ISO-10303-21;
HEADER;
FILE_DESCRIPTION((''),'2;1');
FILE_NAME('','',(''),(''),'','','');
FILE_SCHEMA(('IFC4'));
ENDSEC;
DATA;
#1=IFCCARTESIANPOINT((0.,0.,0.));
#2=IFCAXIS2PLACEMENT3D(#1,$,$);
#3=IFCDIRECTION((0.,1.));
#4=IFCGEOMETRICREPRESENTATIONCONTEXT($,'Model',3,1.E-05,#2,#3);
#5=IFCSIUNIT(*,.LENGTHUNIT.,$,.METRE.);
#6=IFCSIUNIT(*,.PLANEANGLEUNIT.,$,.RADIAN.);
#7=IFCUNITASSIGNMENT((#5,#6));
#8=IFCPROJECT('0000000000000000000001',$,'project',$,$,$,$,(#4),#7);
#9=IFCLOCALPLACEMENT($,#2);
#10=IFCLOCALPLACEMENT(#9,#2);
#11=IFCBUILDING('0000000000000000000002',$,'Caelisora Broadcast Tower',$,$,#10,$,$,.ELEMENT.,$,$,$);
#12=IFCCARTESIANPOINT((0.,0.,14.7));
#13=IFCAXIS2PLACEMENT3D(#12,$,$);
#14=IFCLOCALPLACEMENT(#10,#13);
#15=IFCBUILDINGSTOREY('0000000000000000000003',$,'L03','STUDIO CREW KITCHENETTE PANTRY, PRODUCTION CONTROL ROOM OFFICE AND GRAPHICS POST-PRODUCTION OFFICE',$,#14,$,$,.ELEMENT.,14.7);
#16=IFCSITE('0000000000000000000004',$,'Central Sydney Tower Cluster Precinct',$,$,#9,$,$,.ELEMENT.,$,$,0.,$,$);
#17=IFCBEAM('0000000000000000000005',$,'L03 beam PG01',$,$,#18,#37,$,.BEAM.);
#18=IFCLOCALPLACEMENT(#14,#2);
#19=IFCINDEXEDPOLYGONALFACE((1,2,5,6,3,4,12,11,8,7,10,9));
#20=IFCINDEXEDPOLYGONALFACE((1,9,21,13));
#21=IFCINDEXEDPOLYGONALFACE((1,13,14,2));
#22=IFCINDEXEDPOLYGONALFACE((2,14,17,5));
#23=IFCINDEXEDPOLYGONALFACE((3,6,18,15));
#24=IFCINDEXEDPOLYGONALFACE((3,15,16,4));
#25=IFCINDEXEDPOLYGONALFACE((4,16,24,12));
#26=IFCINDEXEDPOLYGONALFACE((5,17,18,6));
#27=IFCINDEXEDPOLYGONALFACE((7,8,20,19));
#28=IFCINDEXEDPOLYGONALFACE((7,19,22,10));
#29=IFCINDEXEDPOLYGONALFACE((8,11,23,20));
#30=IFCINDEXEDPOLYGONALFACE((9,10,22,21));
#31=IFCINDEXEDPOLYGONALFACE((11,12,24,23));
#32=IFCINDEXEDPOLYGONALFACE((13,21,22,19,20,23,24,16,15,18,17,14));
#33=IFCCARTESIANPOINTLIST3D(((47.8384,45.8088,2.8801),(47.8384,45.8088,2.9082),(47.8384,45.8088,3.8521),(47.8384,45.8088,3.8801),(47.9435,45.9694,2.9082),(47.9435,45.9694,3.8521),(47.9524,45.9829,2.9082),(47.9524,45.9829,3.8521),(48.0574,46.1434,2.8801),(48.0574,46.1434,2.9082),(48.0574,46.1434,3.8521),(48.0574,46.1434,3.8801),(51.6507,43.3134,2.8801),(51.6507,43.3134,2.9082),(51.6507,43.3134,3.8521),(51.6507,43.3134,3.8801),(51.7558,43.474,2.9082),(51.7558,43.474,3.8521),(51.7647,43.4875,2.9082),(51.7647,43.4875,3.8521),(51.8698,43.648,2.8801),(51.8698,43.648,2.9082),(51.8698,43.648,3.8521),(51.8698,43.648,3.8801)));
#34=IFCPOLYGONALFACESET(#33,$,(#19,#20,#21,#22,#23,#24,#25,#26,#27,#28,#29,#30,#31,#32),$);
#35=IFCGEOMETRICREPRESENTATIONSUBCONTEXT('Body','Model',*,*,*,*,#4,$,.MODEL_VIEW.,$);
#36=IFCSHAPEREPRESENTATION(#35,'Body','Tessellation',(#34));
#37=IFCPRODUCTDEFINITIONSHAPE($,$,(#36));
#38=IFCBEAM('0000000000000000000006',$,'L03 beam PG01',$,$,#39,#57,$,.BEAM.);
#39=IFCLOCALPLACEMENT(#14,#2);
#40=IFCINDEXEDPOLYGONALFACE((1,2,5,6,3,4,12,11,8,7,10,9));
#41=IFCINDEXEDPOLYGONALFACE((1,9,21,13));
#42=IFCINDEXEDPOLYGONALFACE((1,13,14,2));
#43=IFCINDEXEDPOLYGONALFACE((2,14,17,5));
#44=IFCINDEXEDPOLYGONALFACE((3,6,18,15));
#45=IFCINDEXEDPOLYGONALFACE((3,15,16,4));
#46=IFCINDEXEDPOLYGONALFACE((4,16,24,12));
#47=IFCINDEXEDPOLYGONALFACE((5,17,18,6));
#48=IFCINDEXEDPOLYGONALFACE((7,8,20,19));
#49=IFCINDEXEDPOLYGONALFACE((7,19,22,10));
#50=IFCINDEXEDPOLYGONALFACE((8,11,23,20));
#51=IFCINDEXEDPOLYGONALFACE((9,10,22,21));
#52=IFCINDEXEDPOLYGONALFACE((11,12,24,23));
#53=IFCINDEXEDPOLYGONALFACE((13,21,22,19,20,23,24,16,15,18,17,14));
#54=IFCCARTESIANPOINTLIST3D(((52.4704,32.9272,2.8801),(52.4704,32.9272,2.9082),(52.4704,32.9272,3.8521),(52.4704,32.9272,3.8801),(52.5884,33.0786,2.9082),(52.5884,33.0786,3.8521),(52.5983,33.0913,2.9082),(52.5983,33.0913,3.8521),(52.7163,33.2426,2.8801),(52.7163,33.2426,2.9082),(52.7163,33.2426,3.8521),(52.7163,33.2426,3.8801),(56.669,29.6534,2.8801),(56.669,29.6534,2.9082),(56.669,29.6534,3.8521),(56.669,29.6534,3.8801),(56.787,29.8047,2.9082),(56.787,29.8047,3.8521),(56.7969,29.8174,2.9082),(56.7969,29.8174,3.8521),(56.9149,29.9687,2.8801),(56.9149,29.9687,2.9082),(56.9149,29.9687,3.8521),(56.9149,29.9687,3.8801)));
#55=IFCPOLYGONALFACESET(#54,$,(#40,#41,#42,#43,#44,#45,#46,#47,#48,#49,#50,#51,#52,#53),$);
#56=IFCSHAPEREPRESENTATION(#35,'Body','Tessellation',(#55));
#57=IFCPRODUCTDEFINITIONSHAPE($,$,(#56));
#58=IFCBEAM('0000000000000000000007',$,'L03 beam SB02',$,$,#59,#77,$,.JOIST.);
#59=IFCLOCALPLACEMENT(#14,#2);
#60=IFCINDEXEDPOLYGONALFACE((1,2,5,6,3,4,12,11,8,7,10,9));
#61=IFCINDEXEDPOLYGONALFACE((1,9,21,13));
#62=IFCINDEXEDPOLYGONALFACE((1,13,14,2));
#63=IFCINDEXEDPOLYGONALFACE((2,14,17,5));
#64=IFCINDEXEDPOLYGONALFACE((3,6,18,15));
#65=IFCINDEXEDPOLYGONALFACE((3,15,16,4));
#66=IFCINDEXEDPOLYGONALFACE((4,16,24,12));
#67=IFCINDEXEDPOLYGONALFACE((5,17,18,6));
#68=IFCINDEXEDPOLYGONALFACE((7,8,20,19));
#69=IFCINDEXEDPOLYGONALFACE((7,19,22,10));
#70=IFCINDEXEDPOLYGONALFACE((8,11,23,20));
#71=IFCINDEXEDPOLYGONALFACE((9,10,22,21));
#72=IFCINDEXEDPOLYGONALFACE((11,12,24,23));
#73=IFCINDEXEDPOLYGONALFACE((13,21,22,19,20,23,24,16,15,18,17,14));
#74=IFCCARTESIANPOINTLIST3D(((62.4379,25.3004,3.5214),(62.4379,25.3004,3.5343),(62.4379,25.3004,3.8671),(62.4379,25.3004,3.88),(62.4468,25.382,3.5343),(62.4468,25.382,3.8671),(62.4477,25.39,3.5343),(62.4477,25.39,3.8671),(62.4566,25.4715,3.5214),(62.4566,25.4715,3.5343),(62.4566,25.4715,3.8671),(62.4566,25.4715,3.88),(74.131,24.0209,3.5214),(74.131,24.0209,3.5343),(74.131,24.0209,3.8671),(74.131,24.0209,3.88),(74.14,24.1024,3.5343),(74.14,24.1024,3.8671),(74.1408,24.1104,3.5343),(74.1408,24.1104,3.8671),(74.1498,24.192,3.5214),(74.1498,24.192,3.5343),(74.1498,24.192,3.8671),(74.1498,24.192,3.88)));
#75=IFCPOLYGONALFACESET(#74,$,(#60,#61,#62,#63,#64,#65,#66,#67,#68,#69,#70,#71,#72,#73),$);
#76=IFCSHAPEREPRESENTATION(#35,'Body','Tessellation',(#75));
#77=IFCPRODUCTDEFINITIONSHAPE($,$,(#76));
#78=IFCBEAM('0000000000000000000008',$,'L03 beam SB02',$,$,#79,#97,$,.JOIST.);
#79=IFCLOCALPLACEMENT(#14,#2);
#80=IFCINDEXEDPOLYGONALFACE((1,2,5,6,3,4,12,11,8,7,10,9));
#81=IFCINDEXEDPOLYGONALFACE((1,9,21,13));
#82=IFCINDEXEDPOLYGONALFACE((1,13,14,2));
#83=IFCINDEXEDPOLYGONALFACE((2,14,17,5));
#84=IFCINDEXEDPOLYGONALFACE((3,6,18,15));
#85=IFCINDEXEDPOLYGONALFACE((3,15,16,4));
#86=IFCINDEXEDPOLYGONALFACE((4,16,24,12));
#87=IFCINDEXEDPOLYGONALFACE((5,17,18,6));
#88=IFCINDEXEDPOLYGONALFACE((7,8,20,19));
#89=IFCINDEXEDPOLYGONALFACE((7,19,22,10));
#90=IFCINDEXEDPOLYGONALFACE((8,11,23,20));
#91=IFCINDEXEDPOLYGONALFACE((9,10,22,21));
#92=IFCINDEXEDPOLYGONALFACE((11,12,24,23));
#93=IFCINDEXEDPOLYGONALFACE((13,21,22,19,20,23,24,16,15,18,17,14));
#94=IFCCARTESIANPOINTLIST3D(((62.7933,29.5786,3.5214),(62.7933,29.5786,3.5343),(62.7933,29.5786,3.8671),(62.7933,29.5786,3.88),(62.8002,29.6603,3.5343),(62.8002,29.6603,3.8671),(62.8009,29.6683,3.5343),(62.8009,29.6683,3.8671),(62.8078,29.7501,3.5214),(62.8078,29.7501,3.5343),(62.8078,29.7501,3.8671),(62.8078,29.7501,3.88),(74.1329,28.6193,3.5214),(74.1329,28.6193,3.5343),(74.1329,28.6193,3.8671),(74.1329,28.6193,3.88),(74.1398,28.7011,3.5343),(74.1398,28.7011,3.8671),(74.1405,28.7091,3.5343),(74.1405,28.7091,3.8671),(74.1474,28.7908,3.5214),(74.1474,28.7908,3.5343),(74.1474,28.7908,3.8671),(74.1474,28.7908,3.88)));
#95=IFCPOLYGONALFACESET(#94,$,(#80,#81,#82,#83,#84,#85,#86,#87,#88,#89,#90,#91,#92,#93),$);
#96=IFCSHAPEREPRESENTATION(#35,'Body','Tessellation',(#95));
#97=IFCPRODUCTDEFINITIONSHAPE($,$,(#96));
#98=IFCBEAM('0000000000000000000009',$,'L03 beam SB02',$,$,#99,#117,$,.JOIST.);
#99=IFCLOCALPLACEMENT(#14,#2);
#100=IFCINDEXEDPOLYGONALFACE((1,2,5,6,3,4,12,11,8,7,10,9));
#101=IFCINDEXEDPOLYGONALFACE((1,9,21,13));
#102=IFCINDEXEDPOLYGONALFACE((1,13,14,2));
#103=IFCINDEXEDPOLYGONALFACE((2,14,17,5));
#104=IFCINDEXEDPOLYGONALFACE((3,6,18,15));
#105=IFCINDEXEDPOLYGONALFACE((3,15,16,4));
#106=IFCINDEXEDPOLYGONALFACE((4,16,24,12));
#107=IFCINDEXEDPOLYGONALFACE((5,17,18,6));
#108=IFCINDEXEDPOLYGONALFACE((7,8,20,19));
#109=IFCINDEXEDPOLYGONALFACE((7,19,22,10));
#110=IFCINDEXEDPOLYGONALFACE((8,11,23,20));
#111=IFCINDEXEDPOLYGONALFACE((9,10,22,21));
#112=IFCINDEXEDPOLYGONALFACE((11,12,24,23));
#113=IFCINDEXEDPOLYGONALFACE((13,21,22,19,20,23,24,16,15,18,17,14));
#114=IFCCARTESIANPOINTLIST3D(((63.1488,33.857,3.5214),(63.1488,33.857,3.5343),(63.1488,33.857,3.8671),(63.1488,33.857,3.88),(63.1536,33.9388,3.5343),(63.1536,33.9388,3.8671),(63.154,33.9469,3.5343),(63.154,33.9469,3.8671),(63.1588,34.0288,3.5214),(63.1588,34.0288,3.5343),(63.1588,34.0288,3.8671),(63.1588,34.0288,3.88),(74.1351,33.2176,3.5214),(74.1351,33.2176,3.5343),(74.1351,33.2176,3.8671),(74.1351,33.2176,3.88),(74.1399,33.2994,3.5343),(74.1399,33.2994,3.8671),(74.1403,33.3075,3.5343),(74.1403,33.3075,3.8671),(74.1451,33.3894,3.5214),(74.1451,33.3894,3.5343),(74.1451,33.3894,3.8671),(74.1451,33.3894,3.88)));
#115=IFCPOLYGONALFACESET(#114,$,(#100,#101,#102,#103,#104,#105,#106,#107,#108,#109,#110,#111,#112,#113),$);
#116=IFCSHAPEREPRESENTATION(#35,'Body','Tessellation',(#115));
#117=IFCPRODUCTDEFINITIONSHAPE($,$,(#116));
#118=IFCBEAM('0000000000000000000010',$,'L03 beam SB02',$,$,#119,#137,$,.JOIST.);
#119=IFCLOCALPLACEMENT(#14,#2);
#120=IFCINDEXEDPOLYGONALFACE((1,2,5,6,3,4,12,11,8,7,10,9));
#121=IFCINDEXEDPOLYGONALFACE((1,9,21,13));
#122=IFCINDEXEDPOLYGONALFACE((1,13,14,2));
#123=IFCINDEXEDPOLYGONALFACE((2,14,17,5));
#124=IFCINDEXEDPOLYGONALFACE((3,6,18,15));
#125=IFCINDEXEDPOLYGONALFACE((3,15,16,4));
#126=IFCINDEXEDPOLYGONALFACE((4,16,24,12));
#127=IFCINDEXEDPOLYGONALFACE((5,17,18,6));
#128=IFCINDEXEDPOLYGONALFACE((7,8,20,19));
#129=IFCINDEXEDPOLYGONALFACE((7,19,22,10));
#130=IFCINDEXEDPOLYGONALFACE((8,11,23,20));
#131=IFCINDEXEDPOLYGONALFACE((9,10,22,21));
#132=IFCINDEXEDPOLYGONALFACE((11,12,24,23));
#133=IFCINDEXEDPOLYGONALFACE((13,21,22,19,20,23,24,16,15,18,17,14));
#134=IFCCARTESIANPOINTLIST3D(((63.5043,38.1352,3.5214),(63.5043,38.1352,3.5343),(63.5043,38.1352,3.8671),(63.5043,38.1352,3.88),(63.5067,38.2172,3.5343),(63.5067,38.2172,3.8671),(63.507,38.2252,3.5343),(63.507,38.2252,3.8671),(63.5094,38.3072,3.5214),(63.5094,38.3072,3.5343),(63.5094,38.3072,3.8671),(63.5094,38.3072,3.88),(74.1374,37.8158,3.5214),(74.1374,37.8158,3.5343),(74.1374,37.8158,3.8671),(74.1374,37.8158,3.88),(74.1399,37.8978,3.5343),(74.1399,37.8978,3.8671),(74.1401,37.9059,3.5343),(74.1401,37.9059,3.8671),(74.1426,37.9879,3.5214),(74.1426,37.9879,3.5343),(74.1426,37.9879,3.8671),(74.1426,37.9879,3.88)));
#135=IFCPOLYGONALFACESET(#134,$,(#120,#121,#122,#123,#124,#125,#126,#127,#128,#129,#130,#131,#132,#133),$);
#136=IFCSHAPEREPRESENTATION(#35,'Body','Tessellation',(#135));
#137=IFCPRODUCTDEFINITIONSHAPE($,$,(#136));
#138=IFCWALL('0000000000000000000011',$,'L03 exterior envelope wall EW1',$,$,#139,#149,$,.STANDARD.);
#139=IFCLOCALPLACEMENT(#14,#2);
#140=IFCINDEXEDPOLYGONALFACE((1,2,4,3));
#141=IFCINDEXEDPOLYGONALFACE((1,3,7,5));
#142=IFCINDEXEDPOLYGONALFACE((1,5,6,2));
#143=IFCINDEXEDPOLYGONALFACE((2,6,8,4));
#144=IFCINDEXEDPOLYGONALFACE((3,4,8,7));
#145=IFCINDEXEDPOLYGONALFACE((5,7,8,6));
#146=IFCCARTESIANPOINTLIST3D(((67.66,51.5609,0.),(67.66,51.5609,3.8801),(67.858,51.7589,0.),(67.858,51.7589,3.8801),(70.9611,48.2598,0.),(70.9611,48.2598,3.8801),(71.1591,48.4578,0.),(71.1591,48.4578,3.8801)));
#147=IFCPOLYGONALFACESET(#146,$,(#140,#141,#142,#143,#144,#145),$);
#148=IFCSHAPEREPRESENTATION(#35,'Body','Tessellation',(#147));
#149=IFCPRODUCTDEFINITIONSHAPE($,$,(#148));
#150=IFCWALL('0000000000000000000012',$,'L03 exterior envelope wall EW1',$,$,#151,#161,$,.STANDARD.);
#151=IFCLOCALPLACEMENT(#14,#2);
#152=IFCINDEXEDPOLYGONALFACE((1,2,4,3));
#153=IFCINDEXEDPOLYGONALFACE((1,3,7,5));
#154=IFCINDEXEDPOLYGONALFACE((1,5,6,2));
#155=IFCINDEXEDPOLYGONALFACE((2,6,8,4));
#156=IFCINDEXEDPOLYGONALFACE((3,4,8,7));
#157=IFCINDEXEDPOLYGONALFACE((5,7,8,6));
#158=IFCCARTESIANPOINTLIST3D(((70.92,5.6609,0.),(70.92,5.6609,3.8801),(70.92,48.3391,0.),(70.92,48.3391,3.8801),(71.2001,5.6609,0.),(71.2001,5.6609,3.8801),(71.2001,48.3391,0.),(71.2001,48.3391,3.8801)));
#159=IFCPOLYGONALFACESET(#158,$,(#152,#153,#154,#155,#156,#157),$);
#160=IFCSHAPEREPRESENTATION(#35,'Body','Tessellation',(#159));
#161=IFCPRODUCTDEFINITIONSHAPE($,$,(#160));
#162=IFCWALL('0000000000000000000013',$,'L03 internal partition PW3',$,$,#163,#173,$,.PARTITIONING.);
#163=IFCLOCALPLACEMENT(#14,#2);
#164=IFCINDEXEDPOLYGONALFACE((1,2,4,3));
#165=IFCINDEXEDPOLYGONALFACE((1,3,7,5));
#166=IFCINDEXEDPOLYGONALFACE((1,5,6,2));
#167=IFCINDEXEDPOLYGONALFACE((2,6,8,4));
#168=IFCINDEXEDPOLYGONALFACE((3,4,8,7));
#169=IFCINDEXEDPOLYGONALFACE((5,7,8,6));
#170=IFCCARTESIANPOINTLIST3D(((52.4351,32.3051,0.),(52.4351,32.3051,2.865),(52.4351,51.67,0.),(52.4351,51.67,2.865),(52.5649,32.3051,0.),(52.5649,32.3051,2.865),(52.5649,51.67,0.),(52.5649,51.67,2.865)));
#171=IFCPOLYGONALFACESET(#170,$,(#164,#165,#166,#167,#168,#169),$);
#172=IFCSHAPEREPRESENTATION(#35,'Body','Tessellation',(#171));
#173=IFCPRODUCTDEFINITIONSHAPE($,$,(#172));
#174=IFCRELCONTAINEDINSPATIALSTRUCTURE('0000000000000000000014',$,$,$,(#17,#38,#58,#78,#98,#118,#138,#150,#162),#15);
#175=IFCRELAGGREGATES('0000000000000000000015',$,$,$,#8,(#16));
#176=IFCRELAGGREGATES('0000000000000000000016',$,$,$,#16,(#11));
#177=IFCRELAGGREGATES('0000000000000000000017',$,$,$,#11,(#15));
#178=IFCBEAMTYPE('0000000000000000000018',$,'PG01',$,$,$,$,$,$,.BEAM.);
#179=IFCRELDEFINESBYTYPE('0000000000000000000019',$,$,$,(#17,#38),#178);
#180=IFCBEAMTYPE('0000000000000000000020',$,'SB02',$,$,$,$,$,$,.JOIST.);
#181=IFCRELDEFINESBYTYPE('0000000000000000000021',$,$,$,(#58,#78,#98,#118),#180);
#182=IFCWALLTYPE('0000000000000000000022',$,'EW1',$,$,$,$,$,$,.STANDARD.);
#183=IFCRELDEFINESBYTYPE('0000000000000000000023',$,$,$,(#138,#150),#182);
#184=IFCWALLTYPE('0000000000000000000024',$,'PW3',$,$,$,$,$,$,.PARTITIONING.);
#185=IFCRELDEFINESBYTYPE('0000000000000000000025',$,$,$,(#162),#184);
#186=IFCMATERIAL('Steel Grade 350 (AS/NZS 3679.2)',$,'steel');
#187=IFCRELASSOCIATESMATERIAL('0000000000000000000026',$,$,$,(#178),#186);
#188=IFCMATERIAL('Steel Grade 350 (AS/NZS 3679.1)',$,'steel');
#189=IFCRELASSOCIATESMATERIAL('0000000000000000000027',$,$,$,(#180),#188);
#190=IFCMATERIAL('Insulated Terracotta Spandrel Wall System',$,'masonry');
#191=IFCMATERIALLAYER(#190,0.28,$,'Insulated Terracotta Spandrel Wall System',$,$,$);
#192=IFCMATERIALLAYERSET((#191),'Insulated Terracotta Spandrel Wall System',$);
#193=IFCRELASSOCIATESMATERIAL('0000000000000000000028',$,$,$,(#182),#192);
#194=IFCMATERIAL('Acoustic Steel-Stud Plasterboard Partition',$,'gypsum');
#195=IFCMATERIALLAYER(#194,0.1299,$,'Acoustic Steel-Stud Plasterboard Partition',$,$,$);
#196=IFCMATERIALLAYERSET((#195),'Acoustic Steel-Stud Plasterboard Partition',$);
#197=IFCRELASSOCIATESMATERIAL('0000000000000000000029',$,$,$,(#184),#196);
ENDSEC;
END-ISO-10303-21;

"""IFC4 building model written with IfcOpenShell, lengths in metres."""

from ifc_helpers import new_model, si_unit, direction, frame, frame_2d, origin, origin_2d, place, context, subcontext, project, spatial, rectangle, i_section, extrude, source, transform, mapped, material, layer, layer_set, material_profile, profile_set, type_object, type_shapes, element, save


model = new_model("IFC4")

# Units and contexts
model_context = context("Model", 3, precision=1e-05, world=origin(), true_north=direction((0.0, 1.0)))
body_context = subcontext(model_context, "Body", "Model", "MODEL_VIEW")
ifc_project = project(units=[si_unit("LENGTHUNIT", "METRE"), si_unit("PLANEANGLEUNIT", "RADIAN")], contexts=[model_context])

# Site, building, storey
site_placement = place(None, origin())
site = spatial("IfcSite", under=ifc_project, at=site_placement, Name="Central Sydney Tower Cluster Precinct", CompositionType="ELEMENT", RefElevation=0.0)
building_placement = place(site_placement, origin())
building = spatial("IfcBuilding", under=site, at=building_placement, Name="Caelisora Broadcast Tower", CompositionType="ELEMENT")
storey_placement = place(building_placement, frame((0.0, 0.0, 14.7)))
storey = spatial("IfcBuildingStorey", under=building, at=storey_placement, Name="L03", Description="STUDIO CREW KITCHENETTE PANTRY, PRODUCTION CONTROL ROOM OFFICE AND GRAPHICS POST-PRODUCTION OFFICE", CompositionType="ELEMENT", Elevation=14.7)

# Beams
ifc_material_1 = material(Name="Steel Grade 350 (AS/NZS 3679.2)", Category="steel")
ifc_material_profile_1 = material_profile(ifc_material_1, i_section(OverallWidth=0.3999, OverallDepth=1.0, WebThickness=0.0161, FlangeThickness=0.0281, at=origin_2d()), Name="Steel Grade 350 (AS/NZS 3679.2)")
ifc_profile_set_1 = profile_set([ifc_material_profile_1], Name="Steel Grade 350 (AS/NZS 3679.2)")
beam_type_1 = type_object("IfcBeamType", Name="PG01", PredefinedType="BEAM", material=ifc_profile_set_1)
ifc_material_2 = material(Name="Steel Grade 350 (AS/NZS 3679.1)", Category="steel")
shared_shape_1 = source(origin(), body_context, "Body", "SweptSolid", [
    extrude(i_section(OverallWidth=0.3999, OverallDepth=1.0, WebThickness=0.0161, FlangeThickness=0.0281, at=origin_2d()), origin(), (0.0, 0.0, 1.0), 4.5564),
])
beam_1_placement = place(storey_placement, frame((51.7603, 43.4807, 3.3801), z_axis=(-0.836695, 0.547669, 0.0), x_axis=(-0.547669, -0.836695, 0.0)))
element("IfcBeam", 1, at=beam_1_placement, inside=storey, type_object=beam_type_1, Name="L03 beam PG01", PredefinedType="BEAM", context=body_context, shape_type="MappedRepresentation", body=[
    mapped(shared_shape_1, transform((0.0, 0.0, 0.0), scale=1.0)),
])
shared_shape_2 = source(origin(), body_context, "Body", "SweptSolid", [
    extrude(i_section(OverallWidth=0.3999, OverallDepth=1.0, WebThickness=0.0161, FlangeThickness=0.0281, at=origin_2d()), origin(), (0.0, 0.0, 1.0), 5.3242),
])
beam_2_placement = place(storey_placement, frame((56.792, 29.811, 3.3801), z_axis=(-0.788601, 0.614905, 0.0), x_axis=(-0.614905, -0.788601, 0.0)))
element("IfcBeam", 2, at=beam_2_placement, inside=storey, type_object=beam_type_1, Name="L03 beam PG01", PredefinedType="BEAM", context=body_context, shape_type="MappedRepresentation", body=[
    mapped(shared_shape_2, transform((0.0, 0.0, 0.0), scale=1.0)),
])
ifc_material_profile_2 = material_profile(ifc_material_2, i_section(OverallWidth=0.1721, OverallDepth=0.3586, WebThickness=0.0081, FlangeThickness=0.0129, at=origin_2d()), Name="Steel Grade 350 (AS/NZS 3679.1)")
ifc_profile_set_2 = profile_set([ifc_material_profile_2], Name="Steel Grade 350 (AS/NZS 3679.1)")
beam_type_2 = type_object("IfcBeamType", Name="SB02", PredefinedType="JOIST", material=ifc_profile_set_2)
shared_shape_3 = source(origin(), body_context, "Body", "SweptSolid", [
    extrude(i_section(OverallWidth=0.1721, OverallDepth=0.3586, WebThickness=0.0081, FlangeThickness=0.0129, at=origin_2d()), origin(), (0.0, 0.0, 1.0), 11.7629),
])
beam_3_placement = place(storey_placement, frame((62.4473, 25.386, 3.7007), z_axis=(0.994066, -0.108778, 0.0), x_axis=(0.108778, 0.994066, 0.0)))
element("IfcBeam", 3, at=beam_3_placement, inside=storey, type_object=beam_type_2, Name="L03 beam SB02", PredefinedType="JOIST", context=body_context, shape_type="MappedRepresentation", body=[
    mapped(shared_shape_3, transform((0.0, 0.0, 0.0), scale=1.0)),
])
shared_shape_4 = source(origin(), body_context, "Body", "SweptSolid", [
    extrude(i_section(OverallWidth=0.1721, OverallDepth=0.3586, WebThickness=0.0081, FlangeThickness=0.0129, at=origin_2d()), origin(), (0.0, 0.0, 1.0), 11.3801),
])
beam_4_placement = place(storey_placement, frame((62.8005, 29.6643, 3.7007), z_axis=(0.996441, -0.08429, 0.0), x_axis=(0.08429, 0.996441, 0.0)))
element("IfcBeam", 4, at=beam_4_placement, inside=storey, type_object=beam_type_2, Name="L03 beam SB02", PredefinedType="JOIST", context=body_context, shape_type="MappedRepresentation", body=[
    mapped(shared_shape_4, transform((0.0, 0.0, 0.0), scale=1.0)),
])
shared_shape_5 = source(origin(), body_context, "Body", "SweptSolid", [
    extrude(i_section(OverallWidth=0.1721, OverallDepth=0.3586, WebThickness=0.0081, FlangeThickness=0.0129, at=origin_2d()), origin(), (0.0, 0.0, 1.0), 11.0049),
])
beam_5_placement = place(storey_placement, frame((63.1538, 33.9429, 3.7007), z_axis=(0.998311, -0.058102, 0.0), x_axis=(0.058102, 0.998311, 0.0)))
element("IfcBeam", 5, at=beam_5_placement, inside=storey, type_object=beam_type_2, Name="L03 beam SB02", PredefinedType="JOIST", context=body_context, shape_type="MappedRepresentation", body=[
    mapped(shared_shape_5, transform((0.0, 0.0, 0.0), scale=1.0)),
])
shared_shape_6 = source(origin(), body_context, "Body", "SweptSolid", [
    extrude(i_section(OverallWidth=0.1721, OverallDepth=0.3586, WebThickness=0.0081, FlangeThickness=0.0129, at=origin_2d()), origin(), (0.0, 0.0, 1.0), 10.6379),
])
type_shapes(beam_type_2, [shared_shape_3, shared_shape_4, shared_shape_5, shared_shape_6])
beam_6_placement = place(storey_placement, frame((63.5068, 38.2212, 3.7007), z_axis=(0.999549, -0.030019, 0.0), x_axis=(0.030019, 0.999549, 0.0)))
element("IfcBeam", 6, at=beam_6_placement, inside=storey, type_object=beam_type_2, Name="L03 beam SB02", PredefinedType="JOIST", context=body_context, shape_type="MappedRepresentation", body=[
    mapped(shared_shape_6, transform((0.0, 0.0, 0.0), scale=1.0)),
])

# Walls
ifc_material_3 = material(Name="Insulated Terracotta Spandrel Wall System", Category="masonry")
ifc_layer_1 = layer(ifc_material_3, 0.28, Name="Insulated Terracotta Spandrel Wall System")
ifc_layer_set_1 = layer_set([ifc_layer_1], Name="Insulated Terracotta Spandrel Wall System")
wall_type_1 = type_object("IfcWallType", Name="EW1", PredefinedType="STANDARD", material=ifc_layer_set_1)
wall_1_placement = place(storey_placement, frame((67.759, 51.6599, 0.0), z_axis=(0.0, 0.0, 1.0), x_axis=(0.707107, -0.707107, 0.0)))
element("IfcWall", 7, at=wall_1_placement, inside=storey, type_object=wall_type_1, Name="L03 exterior envelope wall EW1", PredefinedType="STANDARD", context=body_context, shape_type="SweptSolid", body=[
    extrude(rectangle(XDim=4.6685, YDim=0.28, at=frame_2d((2.3342, 0.0))), origin(), (0.0, 0.0, 1.0), 3.8801),
])
wall_2_placement = place(storey_placement, frame((71.0601, 48.3391, 0.0), z_axis=(0.0, 0.0, 1.0), x_axis=(0.0, -1.0, 0.0)))
element("IfcWall", 8, at=wall_2_placement, inside=storey, type_object=wall_type_1, Name="L03 exterior envelope wall EW1", PredefinedType="STANDARD", context=body_context, shape_type="SweptSolid", body=[
    extrude(rectangle(XDim=42.6782, YDim=0.28, at=frame_2d((21.3391, 0.0))), origin(), (0.0, 0.0, 1.0), 3.8801),
])
ifc_material_4 = material(Name="Acoustic Steel-Stud Plasterboard Partition", Category="gypsum")
ifc_layer_2 = layer(ifc_material_4, 0.1299, Name="Acoustic Steel-Stud Plasterboard Partition")
ifc_layer_set_2 = layer_set([ifc_layer_2], Name="Acoustic Steel-Stud Plasterboard Partition")
wall_type_2 = type_object("IfcWallType", Name="PW3", PredefinedType="PARTITIONING", material=ifc_layer_set_2)
wall_3_placement = place(storey_placement, frame((52.5, 32.3049, 0.0), z_axis=(0.0, 0.0, 1.0), x_axis=(0.0, 1.0, 0.0)))
element("IfcWall", 9, at=wall_3_placement, inside=storey, type_object=wall_type_2, Name="L03 internal partition PW3", PredefinedType="PARTITIONING", context=body_context, shape_type="SweptSolid", body=[
    extrude(rectangle(XDim=19.365, YDim=0.1299, at=frame_2d((9.6826, 0.0))), origin(), (0.0, 0.0, 1.0), 2.865),
])

save(model, "model.ifc")
